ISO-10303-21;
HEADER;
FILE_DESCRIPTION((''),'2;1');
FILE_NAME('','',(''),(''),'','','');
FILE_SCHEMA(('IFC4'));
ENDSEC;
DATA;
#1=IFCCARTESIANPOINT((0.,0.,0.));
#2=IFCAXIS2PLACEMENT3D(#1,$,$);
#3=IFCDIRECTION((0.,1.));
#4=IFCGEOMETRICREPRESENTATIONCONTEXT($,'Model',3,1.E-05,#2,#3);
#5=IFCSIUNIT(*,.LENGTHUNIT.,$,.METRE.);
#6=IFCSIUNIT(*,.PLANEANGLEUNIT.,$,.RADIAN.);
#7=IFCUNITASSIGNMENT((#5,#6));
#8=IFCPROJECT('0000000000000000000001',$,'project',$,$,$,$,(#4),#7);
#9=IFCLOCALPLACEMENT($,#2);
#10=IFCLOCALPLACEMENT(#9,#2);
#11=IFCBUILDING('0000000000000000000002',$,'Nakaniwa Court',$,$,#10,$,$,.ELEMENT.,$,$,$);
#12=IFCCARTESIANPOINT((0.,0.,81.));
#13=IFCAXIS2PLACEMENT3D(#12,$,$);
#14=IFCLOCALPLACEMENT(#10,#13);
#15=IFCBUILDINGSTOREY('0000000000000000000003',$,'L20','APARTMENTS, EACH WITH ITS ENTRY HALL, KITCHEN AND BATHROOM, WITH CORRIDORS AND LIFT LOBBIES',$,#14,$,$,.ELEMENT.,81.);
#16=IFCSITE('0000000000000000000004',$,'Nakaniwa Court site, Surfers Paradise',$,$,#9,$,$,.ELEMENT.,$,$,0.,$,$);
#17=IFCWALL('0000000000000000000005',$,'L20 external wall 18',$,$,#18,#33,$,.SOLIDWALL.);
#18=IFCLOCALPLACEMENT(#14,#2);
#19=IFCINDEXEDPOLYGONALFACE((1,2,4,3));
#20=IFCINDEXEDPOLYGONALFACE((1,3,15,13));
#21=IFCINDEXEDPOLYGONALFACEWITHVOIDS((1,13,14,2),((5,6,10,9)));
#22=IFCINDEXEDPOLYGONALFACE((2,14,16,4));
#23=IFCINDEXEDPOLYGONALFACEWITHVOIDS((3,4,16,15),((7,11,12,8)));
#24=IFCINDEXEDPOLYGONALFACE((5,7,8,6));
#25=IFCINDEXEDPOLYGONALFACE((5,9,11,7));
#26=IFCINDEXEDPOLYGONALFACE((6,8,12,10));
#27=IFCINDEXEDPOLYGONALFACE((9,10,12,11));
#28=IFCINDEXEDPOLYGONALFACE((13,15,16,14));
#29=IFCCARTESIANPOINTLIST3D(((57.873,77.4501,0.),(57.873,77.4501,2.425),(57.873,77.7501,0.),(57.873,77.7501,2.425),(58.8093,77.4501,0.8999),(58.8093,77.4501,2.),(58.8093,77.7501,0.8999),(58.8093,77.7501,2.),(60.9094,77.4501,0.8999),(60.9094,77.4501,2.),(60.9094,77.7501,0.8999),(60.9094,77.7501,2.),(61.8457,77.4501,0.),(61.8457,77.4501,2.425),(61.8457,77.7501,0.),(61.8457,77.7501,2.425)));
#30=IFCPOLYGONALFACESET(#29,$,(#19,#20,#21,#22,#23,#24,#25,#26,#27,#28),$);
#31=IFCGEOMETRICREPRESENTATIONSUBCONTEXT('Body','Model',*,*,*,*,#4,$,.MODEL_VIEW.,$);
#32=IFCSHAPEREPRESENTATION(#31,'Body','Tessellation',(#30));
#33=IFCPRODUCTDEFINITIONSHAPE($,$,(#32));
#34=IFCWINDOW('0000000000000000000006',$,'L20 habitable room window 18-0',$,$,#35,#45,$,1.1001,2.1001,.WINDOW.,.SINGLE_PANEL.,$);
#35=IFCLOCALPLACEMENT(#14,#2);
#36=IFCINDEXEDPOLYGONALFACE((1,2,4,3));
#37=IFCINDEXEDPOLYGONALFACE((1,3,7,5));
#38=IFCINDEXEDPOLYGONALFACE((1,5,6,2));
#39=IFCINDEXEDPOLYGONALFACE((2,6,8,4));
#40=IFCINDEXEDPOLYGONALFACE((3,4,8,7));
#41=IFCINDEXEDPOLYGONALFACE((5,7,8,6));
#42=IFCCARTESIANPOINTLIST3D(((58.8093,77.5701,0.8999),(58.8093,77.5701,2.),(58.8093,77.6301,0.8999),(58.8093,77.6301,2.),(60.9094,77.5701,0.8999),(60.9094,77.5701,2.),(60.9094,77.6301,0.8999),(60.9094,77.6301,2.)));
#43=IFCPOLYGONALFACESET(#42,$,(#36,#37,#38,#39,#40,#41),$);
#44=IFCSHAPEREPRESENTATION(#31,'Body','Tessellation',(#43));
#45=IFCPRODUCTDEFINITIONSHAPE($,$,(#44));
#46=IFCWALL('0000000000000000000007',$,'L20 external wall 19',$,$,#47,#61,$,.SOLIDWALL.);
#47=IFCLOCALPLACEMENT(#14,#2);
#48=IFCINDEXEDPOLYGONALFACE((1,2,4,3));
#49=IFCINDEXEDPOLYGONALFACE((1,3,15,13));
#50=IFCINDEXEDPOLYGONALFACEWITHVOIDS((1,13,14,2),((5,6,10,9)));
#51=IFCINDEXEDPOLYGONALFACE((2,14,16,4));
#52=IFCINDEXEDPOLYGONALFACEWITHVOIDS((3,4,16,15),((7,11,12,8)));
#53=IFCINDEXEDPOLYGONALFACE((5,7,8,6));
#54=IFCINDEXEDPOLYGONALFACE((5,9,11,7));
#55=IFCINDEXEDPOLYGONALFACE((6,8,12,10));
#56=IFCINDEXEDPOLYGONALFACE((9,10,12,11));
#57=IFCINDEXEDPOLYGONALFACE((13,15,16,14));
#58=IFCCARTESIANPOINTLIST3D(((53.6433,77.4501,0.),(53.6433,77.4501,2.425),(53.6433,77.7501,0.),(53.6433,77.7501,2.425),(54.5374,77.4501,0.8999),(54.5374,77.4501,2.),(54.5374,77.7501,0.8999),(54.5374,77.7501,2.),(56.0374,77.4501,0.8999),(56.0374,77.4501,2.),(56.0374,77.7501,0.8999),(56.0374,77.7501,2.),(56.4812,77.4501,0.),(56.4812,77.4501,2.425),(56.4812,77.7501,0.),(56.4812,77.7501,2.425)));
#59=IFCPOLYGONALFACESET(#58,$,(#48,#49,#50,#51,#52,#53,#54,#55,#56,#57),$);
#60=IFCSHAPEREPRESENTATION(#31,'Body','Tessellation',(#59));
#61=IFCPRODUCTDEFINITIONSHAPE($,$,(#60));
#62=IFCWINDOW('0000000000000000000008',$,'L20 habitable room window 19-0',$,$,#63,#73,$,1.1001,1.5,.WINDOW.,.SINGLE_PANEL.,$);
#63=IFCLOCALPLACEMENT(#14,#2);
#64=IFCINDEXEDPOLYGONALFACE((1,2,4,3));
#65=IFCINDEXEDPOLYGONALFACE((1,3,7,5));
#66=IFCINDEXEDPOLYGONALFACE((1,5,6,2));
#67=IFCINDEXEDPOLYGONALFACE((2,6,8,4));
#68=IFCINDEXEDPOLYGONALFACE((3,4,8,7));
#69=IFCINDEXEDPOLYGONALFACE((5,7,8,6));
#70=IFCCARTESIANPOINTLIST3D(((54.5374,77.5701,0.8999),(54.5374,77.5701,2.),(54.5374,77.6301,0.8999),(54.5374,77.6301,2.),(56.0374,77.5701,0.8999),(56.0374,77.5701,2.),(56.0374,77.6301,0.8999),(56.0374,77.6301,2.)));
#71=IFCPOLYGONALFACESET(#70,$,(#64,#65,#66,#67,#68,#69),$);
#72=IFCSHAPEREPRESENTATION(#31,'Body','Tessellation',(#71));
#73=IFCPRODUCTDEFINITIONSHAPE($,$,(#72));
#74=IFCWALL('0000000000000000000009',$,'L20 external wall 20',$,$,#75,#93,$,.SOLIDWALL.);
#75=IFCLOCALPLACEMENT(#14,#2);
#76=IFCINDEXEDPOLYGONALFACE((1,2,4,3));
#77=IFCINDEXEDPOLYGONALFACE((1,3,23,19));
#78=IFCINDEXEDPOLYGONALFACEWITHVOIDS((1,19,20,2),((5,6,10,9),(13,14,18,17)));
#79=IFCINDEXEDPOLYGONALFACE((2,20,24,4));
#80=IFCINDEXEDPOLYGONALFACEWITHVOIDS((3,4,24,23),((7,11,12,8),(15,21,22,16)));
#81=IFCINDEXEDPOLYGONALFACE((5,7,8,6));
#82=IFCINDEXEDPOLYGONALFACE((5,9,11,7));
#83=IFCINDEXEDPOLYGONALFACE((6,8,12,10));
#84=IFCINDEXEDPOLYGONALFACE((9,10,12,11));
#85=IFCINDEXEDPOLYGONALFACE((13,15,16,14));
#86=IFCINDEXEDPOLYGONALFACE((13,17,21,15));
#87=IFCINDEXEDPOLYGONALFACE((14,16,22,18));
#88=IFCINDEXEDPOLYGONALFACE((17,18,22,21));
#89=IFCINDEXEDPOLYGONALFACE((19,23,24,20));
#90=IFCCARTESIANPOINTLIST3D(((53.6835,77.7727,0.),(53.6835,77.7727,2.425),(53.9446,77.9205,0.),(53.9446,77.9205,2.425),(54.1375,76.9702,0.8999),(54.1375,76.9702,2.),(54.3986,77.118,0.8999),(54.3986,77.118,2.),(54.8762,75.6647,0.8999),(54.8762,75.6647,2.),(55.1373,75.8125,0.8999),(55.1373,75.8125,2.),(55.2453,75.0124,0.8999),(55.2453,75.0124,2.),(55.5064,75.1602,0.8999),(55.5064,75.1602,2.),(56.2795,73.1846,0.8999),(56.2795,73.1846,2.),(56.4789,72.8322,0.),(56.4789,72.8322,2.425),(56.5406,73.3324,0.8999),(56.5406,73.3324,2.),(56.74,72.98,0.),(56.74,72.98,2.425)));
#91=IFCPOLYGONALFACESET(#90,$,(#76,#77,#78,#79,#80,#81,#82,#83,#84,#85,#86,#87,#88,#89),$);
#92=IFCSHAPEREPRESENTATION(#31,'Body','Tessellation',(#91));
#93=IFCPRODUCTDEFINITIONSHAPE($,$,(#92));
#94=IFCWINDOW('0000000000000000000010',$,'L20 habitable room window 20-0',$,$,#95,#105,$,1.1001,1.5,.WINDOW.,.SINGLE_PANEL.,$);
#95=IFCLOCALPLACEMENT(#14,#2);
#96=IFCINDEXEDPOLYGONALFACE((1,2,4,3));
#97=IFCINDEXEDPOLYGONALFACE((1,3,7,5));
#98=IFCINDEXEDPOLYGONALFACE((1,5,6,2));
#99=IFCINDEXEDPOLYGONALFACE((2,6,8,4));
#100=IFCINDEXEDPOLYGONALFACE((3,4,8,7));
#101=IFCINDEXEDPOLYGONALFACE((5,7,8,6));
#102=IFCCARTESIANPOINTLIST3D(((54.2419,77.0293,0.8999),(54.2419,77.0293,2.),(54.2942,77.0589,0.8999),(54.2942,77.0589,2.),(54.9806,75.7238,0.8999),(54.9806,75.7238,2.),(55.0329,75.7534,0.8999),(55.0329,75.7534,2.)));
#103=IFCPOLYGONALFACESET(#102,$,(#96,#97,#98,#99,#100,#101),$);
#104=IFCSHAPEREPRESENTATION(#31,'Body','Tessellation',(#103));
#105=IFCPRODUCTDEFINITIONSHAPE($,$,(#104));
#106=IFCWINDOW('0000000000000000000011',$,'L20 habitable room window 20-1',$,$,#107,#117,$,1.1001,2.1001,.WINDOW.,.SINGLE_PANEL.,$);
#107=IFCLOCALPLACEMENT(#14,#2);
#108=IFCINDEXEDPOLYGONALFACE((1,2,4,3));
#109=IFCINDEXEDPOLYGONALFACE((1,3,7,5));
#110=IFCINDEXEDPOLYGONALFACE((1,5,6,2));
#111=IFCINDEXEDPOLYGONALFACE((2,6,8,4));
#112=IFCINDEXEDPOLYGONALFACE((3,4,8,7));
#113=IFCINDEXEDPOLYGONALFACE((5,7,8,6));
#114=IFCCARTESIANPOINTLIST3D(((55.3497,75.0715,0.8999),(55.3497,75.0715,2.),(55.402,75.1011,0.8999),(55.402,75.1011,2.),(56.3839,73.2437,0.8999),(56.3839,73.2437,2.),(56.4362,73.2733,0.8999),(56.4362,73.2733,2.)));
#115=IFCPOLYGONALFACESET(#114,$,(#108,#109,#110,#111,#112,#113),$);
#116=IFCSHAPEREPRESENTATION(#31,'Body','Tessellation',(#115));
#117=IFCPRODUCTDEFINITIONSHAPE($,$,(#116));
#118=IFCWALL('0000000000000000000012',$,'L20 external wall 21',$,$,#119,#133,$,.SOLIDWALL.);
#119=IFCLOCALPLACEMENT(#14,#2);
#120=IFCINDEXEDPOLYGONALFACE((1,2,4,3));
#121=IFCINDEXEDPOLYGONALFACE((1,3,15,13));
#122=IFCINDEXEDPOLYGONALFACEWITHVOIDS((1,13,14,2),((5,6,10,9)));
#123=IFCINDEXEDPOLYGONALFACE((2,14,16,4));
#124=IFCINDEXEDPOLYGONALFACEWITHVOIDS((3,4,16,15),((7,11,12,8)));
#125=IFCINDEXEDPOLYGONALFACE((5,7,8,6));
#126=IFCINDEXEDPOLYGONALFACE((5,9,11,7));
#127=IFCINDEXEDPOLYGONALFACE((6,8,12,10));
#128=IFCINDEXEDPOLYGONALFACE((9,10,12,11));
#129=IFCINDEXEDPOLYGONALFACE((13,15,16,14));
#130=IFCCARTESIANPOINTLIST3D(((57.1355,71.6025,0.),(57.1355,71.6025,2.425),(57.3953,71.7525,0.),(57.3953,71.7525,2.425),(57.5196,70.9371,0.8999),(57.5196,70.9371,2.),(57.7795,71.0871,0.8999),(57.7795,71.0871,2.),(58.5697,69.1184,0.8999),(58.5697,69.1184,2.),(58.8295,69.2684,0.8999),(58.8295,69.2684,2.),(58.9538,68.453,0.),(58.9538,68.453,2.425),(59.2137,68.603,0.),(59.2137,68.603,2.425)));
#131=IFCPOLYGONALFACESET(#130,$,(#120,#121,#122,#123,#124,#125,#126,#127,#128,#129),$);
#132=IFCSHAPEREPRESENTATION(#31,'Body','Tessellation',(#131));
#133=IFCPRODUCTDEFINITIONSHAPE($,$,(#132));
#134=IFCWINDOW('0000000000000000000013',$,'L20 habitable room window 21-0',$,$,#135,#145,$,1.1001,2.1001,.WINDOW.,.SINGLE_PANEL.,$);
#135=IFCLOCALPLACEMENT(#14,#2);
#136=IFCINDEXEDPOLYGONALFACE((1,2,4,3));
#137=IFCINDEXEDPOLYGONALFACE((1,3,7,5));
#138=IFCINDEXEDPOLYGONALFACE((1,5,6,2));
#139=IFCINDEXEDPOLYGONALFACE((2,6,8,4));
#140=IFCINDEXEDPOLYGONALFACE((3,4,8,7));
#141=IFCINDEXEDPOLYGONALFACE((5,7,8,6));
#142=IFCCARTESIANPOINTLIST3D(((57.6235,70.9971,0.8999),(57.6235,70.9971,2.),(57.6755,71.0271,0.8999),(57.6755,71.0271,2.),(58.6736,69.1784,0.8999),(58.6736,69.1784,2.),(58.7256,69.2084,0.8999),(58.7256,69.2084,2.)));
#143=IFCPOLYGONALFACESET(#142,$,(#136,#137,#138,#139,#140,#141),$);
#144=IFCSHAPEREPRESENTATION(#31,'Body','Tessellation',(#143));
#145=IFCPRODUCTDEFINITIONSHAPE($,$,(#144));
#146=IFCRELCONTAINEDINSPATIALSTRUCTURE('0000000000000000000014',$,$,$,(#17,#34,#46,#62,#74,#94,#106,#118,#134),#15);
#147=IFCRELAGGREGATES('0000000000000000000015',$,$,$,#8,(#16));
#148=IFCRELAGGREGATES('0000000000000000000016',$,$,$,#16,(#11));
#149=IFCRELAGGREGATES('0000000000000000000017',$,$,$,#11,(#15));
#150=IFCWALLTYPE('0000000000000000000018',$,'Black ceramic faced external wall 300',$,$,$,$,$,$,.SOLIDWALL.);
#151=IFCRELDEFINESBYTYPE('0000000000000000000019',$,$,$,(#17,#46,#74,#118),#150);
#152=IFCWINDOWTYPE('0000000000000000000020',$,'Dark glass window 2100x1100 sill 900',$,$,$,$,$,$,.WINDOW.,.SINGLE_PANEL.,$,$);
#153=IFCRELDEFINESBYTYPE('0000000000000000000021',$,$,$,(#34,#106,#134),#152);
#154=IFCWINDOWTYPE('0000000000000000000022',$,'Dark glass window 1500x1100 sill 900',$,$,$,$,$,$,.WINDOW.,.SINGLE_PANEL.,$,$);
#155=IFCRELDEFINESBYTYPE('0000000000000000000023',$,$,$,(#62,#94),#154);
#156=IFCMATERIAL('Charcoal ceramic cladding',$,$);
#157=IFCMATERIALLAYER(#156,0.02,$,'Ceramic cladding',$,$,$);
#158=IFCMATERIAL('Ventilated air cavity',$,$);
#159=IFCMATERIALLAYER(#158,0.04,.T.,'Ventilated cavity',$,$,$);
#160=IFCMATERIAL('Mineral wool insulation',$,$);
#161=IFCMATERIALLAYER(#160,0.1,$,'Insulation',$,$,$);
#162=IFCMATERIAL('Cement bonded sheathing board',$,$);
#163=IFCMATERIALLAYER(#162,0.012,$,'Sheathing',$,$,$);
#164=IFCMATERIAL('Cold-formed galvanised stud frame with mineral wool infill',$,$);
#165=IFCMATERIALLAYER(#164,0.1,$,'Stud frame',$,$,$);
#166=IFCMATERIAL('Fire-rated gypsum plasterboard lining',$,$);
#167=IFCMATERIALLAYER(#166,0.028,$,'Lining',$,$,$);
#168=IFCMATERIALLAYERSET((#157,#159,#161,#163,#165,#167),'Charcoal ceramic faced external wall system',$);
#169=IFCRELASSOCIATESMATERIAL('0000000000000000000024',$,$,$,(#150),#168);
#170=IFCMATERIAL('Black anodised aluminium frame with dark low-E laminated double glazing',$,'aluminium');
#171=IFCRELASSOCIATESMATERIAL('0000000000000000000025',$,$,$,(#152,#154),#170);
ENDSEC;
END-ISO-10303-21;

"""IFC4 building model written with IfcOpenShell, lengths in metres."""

from ifc_helpers import new_model, si_unit, direction, frame, frame_2d, origin, place, context, subcontext, project, spatial, rectangle, extrude, material, layer, layer_set, type_object, element, fill, save


model = new_model("IFC4")

# Units and contexts
model_context = context("Model", 3, precision=1e-05, world=origin(), true_north=direction((0.0, 1.0)))
body_context = subcontext(model_context, "Body", "Model", "MODEL_VIEW")
ifc_project = project(units=[si_unit("LENGTHUNIT", "METRE"), si_unit("PLANEANGLEUNIT", "RADIAN")], contexts=[model_context])

# Site, building, storey
site_placement = place(None, origin())
site = spatial("IfcSite", under=ifc_project, at=site_placement, Name="Nakaniwa Court site, Surfers Paradise", CompositionType="ELEMENT", RefElevation=0.0)
building_placement = place(site_placement, origin())
building = spatial("IfcBuilding", under=site, at=building_placement, Name="Nakaniwa Court", CompositionType="ELEMENT")
storey_placement = place(building_placement, frame((0.0, 0.0, 81.0)))
storey = spatial("IfcBuildingStorey", under=building, at=storey_placement, Name="L20", Description="APARTMENTS, EACH WITH ITS ENTRY HALL, KITCHEN AND BATHROOM, WITH CORRIDORS AND LIFT LOBBIES", CompositionType="ELEMENT", Elevation=81.0)

# Walls, openings, windows
ifc_material_1 = material(Name="Charcoal ceramic cladding")
ifc_layer_1 = layer(ifc_material_1, 0.02, Name="Ceramic cladding")
ifc_material_2 = material(Name="Ventilated air cavity")
ifc_layer_2 = layer(ifc_material_2, 0.04, ventilated=True, Name="Ventilated cavity")
ifc_material_3 = material(Name="Mineral wool insulation")
ifc_layer_3 = layer(ifc_material_3, 0.1, Name="Insulation")
ifc_material_4 = material(Name="Cement bonded sheathing board")
ifc_layer_4 = layer(ifc_material_4, 0.012, Name="Sheathing")
ifc_material_5 = material(Name="Cold-formed galvanised stud frame with mineral wool infill")
ifc_layer_5 = layer(ifc_material_5, 0.1, Name="Stud frame")
ifc_material_6 = material(Name="Fire-rated gypsum plasterboard lining")
ifc_layer_6 = layer(ifc_material_6, 0.028, Name="Lining")
ifc_layer_set_1 = layer_set([ifc_layer_1, ifc_layer_2, ifc_layer_3, ifc_layer_4, ifc_layer_5, ifc_layer_6], Name="Charcoal ceramic faced external wall system")
wall_type_1 = type_object("IfcWallType", Name="Black ceramic faced external wall 300", PredefinedType="SOLIDWALL", material=ifc_layer_set_1)
wall_1_placement = place(storey_placement, frame((61.8457, 77.6001, 0.0), z_axis=(0.0, 0.0, 1.0), x_axis=(-1.0, 0.0, 0.0)))
wall_1 = element("IfcWall", 1, at=wall_1_placement, inside=storey, type_object=wall_type_1, Name="L20 external wall 18", PredefinedType="SOLIDWALL", context=body_context, shape_type="SweptSolid", body=[
    extrude(rectangle(XDim=3.9727, YDim=0.3, at=frame_2d((1.9863, 0.0))), origin(), (0.0, 0.0, 1.0), 2.425),
])
opening_1_placement = place(wall_1_placement, frame((0.9363, 0.0, 0.8999)))
opening_1 = element("IfcOpeningElement", 2, at=opening_1_placement, cuts=wall_1, PredefinedType="OPENING", context=body_context, shape_type="SweptSolid", body=[
    extrude(rectangle(XDim=2.1001, YDim=1.1001, at=frame_2d((1.05, 0.55))), frame((0.0, 0.1599, 0.0), z_axis=(0.0, -1.0, 0.0), x_axis=(1.0, 0.0, 0.0)), (0.0, 0.0, 1.0), 0.3201),
])
ifc_material_7 = material(Name="Black anodised aluminium frame with dark low-E laminated double glazing", Category="aluminium")
window_type_1 = type_object("IfcWindowType", Name="Dark glass window 2100x1100 sill 900", PartitioningType="SINGLE_PANEL", PredefinedType="WINDOW", material=ifc_material_7)
window_1_placement = place(opening_1_placement, origin())
window_1 = element("IfcWindow", 3, at=window_1_placement, inside=storey, type_object=window_type_1, Name="L20 habitable room window 18-0", OverallHeight=1.1001, OverallWidth=2.1001, PartitioningType="SINGLE_PANEL", PredefinedType="WINDOW", context=body_context, shape_type="SweptSolid", body=[
    extrude(rectangle(XDim=2.1001, YDim=1.1001, at=frame_2d((1.05, 0.55))), frame((0.0, 0.03, 0.0), z_axis=(0.0, -1.0, 0.0), x_axis=(1.0, 0.0, 0.0)), (0.0, 0.0, 1.0), 0.0601),
])
fill(opening_1, window_1)
wall_2_placement = place(storey_placement, frame((56.4812, 77.6001, 0.0), z_axis=(0.0, 0.0, 1.0), x_axis=(-1.0, 0.0, 0.0)))
wall_2 = element("IfcWall", 4, at=wall_2_placement, inside=storey, type_object=wall_type_1, Name="L20 external wall 19", PredefinedType="SOLIDWALL", context=body_context, shape_type="SweptSolid", body=[
    extrude(rectangle(XDim=2.8379, YDim=0.3, at=frame_2d((1.4189, 0.0))), origin(), (0.0, 0.0, 1.0), 2.425),
])
opening_2_placement = place(wall_2_placement, frame((0.4438, 0.0, 0.8999)))
opening_2 = element("IfcOpeningElement", 5, at=opening_2_placement, cuts=wall_2, PredefinedType="OPENING", context=body_context, shape_type="SweptSolid", body=[
    extrude(rectangle(XDim=1.5, YDim=1.1001, at=frame_2d((0.75, 0.55))), frame((0.0, 0.1599, 0.0), z_axis=(0.0, -1.0, 0.0), x_axis=(1.0, 0.0, 0.0)), (0.0, 0.0, 1.0), 0.3201),
])
window_type_2 = type_object("IfcWindowType", Name="Dark glass window 1500x1100 sill 900", PartitioningType="SINGLE_PANEL", PredefinedType="WINDOW", material=ifc_material_7)
window_2_placement = place(opening_2_placement, origin())
window_2 = element("IfcWindow", 6, at=window_2_placement, inside=storey, type_object=window_type_2, Name="L20 habitable room window 19-0", OverallHeight=1.1001, OverallWidth=1.5, PartitioningType="SINGLE_PANEL", PredefinedType="WINDOW", context=body_context, shape_type="SweptSolid", body=[
    extrude(rectangle(XDim=1.5, YDim=1.1001, at=frame_2d((0.75, 0.55))), frame((0.0, 0.03, 0.0), z_axis=(0.0, -1.0, 0.0), x_axis=(1.0, 0.0, 0.0)), (0.0, 0.0, 1.0), 0.0601),
])
fill(opening_2, window_2)

# Wall, openings, windows
wall_3_placement = place(storey_placement, frame((53.814, 77.8467, 0.0), z_axis=(0.0, 0.0, 1.0), x_axis=(0.492457, -0.870337, 0.0)))
wall_3 = element("IfcWall", 7, at=wall_3_placement, inside=storey, type_object=wall_type_1, Name="L20 external wall 20", PredefinedType="SOLIDWALL", context=body_context, shape_type="SweptSolid", body=[
    extrude(rectangle(XDim=5.6765, YDim=0.3, at=frame_2d((2.8384, 0.0))), origin(), (0.0, 0.0, 1.0), 2.425),
])
opening_3_placement = place(wall_3_placement, frame((0.9221, 0.0, 0.8999)))
opening_3 = element("IfcOpeningElement", 8, at=opening_3_placement, cuts=wall_3, PredefinedType="OPENING", context=body_context, shape_type="SweptSolid", body=[
    extrude(rectangle(XDim=1.5, YDim=1.1001, at=frame_2d((0.75, 0.55))), frame((0.0, 0.1599, 0.0), z_axis=(0.0, -1.0, 0.0), x_axis=(1.0, 0.0, 0.0)), (0.0, 0.0, 1.0), 0.3201),
])
opening_4_placement = place(wall_3_placement, frame((3.1716, 0.0, 0.8999)))
opening_4 = element("IfcOpeningElement", 9, at=opening_4_placement, cuts=wall_3, PredefinedType="OPENING", context=body_context, shape_type="SweptSolid", body=[
    extrude(rectangle(XDim=2.1001, YDim=1.1001, at=frame_2d((1.05, 0.55))), frame((0.0, 0.1599, 0.0), z_axis=(0.0, -1.0, 0.0), x_axis=(1.0, 0.0, 0.0)), (0.0, 0.0, 1.0), 0.3201),
])
window_3_placement = place(opening_3_placement, origin())
window_3 = element("IfcWindow", 10, at=window_3_placement, inside=storey, type_object=window_type_2, Name="L20 habitable room window 20-0", OverallHeight=1.1001, OverallWidth=1.5, PartitioningType="SINGLE_PANEL", PredefinedType="WINDOW", context=body_context, shape_type="SweptSolid", body=[
    extrude(rectangle(XDim=1.5, YDim=1.1001, at=frame_2d((0.75, 0.55))), frame((0.0, 0.03, 0.0), z_axis=(0.0, -1.0, 0.0), x_axis=(1.0, 0.0, 0.0)), (0.0, 0.0, 1.0), 0.0601),
])
fill(opening_3, window_3)
window_4_placement = place(opening_4_placement, origin())
window_4 = element("IfcWindow", 11, at=window_4_placement, inside=storey, type_object=window_type_1, Name="L20 habitable room window 20-1", OverallHeight=1.1001, OverallWidth=2.1001, PartitioningType="SINGLE_PANEL", PredefinedType="WINDOW", context=body_context, shape_type="SweptSolid", body=[
    extrude(rectangle(XDim=2.1001, YDim=1.1001, at=frame_2d((1.05, 0.55))), frame((0.0, 0.03, 0.0), z_axis=(0.0, -1.0, 0.0), x_axis=(1.0, 0.0, 0.0)), (0.0, 0.0, 1.0), 0.0601),
])
fill(opening_4, window_4)

# Wall, opening, window
wall_4_placement = place(storey_placement, frame((57.2654, 71.6775, 0.0), z_axis=(0.0, 0.0, 1.0), x_axis=(0.500009, -0.86602, 0.0)))
wall_4 = element("IfcWall", 12, at=wall_4_placement, inside=storey, type_object=wall_type_1, Name="L20 external wall 21", PredefinedType="SOLIDWALL", context=body_context, shape_type="SweptSolid", body=[
    extrude(rectangle(XDim=3.6367, YDim=0.3, at=frame_2d((1.8184, 0.0))), origin(), (0.0, 0.0, 1.0), 2.425),
])
opening_5_placement = place(wall_4_placement, frame((0.7683, 0.0, 0.8999)))
opening_5 = element("IfcOpeningElement", 13, at=opening_5_placement, cuts=wall_4, PredefinedType="OPENING", context=body_context, shape_type="SweptSolid", body=[
    extrude(rectangle(XDim=2.1001, YDim=1.1001, at=frame_2d((1.05, 0.55))), frame((0.0, 0.1599, 0.0), z_axis=(0.0, -1.0, 0.0), x_axis=(1.0, 0.0, 0.0)), (0.0, 0.0, 1.0), 0.3201),
])
window_5_placement = place(opening_5_placement, origin())
window_5 = element("IfcWindow", 14, at=window_5_placement, inside=storey, type_object=window_type_1, Name="L20 habitable room window 21-0", OverallHeight=1.1001, OverallWidth=2.1001, PartitioningType="SINGLE_PANEL", PredefinedType="WINDOW", context=body_context, shape_type="SweptSolid", body=[
    extrude(rectangle(XDim=2.1001, YDim=1.1001, at=frame_2d((1.05, 0.55))), frame((0.0, 0.03, 0.0), z_axis=(0.0, -1.0, 0.0), x_axis=(1.0, 0.0, 0.0)), (0.0, 0.0, 1.0), 0.0601),
])
fill(opening_5, window_5)

save(model, "model.ifc")
